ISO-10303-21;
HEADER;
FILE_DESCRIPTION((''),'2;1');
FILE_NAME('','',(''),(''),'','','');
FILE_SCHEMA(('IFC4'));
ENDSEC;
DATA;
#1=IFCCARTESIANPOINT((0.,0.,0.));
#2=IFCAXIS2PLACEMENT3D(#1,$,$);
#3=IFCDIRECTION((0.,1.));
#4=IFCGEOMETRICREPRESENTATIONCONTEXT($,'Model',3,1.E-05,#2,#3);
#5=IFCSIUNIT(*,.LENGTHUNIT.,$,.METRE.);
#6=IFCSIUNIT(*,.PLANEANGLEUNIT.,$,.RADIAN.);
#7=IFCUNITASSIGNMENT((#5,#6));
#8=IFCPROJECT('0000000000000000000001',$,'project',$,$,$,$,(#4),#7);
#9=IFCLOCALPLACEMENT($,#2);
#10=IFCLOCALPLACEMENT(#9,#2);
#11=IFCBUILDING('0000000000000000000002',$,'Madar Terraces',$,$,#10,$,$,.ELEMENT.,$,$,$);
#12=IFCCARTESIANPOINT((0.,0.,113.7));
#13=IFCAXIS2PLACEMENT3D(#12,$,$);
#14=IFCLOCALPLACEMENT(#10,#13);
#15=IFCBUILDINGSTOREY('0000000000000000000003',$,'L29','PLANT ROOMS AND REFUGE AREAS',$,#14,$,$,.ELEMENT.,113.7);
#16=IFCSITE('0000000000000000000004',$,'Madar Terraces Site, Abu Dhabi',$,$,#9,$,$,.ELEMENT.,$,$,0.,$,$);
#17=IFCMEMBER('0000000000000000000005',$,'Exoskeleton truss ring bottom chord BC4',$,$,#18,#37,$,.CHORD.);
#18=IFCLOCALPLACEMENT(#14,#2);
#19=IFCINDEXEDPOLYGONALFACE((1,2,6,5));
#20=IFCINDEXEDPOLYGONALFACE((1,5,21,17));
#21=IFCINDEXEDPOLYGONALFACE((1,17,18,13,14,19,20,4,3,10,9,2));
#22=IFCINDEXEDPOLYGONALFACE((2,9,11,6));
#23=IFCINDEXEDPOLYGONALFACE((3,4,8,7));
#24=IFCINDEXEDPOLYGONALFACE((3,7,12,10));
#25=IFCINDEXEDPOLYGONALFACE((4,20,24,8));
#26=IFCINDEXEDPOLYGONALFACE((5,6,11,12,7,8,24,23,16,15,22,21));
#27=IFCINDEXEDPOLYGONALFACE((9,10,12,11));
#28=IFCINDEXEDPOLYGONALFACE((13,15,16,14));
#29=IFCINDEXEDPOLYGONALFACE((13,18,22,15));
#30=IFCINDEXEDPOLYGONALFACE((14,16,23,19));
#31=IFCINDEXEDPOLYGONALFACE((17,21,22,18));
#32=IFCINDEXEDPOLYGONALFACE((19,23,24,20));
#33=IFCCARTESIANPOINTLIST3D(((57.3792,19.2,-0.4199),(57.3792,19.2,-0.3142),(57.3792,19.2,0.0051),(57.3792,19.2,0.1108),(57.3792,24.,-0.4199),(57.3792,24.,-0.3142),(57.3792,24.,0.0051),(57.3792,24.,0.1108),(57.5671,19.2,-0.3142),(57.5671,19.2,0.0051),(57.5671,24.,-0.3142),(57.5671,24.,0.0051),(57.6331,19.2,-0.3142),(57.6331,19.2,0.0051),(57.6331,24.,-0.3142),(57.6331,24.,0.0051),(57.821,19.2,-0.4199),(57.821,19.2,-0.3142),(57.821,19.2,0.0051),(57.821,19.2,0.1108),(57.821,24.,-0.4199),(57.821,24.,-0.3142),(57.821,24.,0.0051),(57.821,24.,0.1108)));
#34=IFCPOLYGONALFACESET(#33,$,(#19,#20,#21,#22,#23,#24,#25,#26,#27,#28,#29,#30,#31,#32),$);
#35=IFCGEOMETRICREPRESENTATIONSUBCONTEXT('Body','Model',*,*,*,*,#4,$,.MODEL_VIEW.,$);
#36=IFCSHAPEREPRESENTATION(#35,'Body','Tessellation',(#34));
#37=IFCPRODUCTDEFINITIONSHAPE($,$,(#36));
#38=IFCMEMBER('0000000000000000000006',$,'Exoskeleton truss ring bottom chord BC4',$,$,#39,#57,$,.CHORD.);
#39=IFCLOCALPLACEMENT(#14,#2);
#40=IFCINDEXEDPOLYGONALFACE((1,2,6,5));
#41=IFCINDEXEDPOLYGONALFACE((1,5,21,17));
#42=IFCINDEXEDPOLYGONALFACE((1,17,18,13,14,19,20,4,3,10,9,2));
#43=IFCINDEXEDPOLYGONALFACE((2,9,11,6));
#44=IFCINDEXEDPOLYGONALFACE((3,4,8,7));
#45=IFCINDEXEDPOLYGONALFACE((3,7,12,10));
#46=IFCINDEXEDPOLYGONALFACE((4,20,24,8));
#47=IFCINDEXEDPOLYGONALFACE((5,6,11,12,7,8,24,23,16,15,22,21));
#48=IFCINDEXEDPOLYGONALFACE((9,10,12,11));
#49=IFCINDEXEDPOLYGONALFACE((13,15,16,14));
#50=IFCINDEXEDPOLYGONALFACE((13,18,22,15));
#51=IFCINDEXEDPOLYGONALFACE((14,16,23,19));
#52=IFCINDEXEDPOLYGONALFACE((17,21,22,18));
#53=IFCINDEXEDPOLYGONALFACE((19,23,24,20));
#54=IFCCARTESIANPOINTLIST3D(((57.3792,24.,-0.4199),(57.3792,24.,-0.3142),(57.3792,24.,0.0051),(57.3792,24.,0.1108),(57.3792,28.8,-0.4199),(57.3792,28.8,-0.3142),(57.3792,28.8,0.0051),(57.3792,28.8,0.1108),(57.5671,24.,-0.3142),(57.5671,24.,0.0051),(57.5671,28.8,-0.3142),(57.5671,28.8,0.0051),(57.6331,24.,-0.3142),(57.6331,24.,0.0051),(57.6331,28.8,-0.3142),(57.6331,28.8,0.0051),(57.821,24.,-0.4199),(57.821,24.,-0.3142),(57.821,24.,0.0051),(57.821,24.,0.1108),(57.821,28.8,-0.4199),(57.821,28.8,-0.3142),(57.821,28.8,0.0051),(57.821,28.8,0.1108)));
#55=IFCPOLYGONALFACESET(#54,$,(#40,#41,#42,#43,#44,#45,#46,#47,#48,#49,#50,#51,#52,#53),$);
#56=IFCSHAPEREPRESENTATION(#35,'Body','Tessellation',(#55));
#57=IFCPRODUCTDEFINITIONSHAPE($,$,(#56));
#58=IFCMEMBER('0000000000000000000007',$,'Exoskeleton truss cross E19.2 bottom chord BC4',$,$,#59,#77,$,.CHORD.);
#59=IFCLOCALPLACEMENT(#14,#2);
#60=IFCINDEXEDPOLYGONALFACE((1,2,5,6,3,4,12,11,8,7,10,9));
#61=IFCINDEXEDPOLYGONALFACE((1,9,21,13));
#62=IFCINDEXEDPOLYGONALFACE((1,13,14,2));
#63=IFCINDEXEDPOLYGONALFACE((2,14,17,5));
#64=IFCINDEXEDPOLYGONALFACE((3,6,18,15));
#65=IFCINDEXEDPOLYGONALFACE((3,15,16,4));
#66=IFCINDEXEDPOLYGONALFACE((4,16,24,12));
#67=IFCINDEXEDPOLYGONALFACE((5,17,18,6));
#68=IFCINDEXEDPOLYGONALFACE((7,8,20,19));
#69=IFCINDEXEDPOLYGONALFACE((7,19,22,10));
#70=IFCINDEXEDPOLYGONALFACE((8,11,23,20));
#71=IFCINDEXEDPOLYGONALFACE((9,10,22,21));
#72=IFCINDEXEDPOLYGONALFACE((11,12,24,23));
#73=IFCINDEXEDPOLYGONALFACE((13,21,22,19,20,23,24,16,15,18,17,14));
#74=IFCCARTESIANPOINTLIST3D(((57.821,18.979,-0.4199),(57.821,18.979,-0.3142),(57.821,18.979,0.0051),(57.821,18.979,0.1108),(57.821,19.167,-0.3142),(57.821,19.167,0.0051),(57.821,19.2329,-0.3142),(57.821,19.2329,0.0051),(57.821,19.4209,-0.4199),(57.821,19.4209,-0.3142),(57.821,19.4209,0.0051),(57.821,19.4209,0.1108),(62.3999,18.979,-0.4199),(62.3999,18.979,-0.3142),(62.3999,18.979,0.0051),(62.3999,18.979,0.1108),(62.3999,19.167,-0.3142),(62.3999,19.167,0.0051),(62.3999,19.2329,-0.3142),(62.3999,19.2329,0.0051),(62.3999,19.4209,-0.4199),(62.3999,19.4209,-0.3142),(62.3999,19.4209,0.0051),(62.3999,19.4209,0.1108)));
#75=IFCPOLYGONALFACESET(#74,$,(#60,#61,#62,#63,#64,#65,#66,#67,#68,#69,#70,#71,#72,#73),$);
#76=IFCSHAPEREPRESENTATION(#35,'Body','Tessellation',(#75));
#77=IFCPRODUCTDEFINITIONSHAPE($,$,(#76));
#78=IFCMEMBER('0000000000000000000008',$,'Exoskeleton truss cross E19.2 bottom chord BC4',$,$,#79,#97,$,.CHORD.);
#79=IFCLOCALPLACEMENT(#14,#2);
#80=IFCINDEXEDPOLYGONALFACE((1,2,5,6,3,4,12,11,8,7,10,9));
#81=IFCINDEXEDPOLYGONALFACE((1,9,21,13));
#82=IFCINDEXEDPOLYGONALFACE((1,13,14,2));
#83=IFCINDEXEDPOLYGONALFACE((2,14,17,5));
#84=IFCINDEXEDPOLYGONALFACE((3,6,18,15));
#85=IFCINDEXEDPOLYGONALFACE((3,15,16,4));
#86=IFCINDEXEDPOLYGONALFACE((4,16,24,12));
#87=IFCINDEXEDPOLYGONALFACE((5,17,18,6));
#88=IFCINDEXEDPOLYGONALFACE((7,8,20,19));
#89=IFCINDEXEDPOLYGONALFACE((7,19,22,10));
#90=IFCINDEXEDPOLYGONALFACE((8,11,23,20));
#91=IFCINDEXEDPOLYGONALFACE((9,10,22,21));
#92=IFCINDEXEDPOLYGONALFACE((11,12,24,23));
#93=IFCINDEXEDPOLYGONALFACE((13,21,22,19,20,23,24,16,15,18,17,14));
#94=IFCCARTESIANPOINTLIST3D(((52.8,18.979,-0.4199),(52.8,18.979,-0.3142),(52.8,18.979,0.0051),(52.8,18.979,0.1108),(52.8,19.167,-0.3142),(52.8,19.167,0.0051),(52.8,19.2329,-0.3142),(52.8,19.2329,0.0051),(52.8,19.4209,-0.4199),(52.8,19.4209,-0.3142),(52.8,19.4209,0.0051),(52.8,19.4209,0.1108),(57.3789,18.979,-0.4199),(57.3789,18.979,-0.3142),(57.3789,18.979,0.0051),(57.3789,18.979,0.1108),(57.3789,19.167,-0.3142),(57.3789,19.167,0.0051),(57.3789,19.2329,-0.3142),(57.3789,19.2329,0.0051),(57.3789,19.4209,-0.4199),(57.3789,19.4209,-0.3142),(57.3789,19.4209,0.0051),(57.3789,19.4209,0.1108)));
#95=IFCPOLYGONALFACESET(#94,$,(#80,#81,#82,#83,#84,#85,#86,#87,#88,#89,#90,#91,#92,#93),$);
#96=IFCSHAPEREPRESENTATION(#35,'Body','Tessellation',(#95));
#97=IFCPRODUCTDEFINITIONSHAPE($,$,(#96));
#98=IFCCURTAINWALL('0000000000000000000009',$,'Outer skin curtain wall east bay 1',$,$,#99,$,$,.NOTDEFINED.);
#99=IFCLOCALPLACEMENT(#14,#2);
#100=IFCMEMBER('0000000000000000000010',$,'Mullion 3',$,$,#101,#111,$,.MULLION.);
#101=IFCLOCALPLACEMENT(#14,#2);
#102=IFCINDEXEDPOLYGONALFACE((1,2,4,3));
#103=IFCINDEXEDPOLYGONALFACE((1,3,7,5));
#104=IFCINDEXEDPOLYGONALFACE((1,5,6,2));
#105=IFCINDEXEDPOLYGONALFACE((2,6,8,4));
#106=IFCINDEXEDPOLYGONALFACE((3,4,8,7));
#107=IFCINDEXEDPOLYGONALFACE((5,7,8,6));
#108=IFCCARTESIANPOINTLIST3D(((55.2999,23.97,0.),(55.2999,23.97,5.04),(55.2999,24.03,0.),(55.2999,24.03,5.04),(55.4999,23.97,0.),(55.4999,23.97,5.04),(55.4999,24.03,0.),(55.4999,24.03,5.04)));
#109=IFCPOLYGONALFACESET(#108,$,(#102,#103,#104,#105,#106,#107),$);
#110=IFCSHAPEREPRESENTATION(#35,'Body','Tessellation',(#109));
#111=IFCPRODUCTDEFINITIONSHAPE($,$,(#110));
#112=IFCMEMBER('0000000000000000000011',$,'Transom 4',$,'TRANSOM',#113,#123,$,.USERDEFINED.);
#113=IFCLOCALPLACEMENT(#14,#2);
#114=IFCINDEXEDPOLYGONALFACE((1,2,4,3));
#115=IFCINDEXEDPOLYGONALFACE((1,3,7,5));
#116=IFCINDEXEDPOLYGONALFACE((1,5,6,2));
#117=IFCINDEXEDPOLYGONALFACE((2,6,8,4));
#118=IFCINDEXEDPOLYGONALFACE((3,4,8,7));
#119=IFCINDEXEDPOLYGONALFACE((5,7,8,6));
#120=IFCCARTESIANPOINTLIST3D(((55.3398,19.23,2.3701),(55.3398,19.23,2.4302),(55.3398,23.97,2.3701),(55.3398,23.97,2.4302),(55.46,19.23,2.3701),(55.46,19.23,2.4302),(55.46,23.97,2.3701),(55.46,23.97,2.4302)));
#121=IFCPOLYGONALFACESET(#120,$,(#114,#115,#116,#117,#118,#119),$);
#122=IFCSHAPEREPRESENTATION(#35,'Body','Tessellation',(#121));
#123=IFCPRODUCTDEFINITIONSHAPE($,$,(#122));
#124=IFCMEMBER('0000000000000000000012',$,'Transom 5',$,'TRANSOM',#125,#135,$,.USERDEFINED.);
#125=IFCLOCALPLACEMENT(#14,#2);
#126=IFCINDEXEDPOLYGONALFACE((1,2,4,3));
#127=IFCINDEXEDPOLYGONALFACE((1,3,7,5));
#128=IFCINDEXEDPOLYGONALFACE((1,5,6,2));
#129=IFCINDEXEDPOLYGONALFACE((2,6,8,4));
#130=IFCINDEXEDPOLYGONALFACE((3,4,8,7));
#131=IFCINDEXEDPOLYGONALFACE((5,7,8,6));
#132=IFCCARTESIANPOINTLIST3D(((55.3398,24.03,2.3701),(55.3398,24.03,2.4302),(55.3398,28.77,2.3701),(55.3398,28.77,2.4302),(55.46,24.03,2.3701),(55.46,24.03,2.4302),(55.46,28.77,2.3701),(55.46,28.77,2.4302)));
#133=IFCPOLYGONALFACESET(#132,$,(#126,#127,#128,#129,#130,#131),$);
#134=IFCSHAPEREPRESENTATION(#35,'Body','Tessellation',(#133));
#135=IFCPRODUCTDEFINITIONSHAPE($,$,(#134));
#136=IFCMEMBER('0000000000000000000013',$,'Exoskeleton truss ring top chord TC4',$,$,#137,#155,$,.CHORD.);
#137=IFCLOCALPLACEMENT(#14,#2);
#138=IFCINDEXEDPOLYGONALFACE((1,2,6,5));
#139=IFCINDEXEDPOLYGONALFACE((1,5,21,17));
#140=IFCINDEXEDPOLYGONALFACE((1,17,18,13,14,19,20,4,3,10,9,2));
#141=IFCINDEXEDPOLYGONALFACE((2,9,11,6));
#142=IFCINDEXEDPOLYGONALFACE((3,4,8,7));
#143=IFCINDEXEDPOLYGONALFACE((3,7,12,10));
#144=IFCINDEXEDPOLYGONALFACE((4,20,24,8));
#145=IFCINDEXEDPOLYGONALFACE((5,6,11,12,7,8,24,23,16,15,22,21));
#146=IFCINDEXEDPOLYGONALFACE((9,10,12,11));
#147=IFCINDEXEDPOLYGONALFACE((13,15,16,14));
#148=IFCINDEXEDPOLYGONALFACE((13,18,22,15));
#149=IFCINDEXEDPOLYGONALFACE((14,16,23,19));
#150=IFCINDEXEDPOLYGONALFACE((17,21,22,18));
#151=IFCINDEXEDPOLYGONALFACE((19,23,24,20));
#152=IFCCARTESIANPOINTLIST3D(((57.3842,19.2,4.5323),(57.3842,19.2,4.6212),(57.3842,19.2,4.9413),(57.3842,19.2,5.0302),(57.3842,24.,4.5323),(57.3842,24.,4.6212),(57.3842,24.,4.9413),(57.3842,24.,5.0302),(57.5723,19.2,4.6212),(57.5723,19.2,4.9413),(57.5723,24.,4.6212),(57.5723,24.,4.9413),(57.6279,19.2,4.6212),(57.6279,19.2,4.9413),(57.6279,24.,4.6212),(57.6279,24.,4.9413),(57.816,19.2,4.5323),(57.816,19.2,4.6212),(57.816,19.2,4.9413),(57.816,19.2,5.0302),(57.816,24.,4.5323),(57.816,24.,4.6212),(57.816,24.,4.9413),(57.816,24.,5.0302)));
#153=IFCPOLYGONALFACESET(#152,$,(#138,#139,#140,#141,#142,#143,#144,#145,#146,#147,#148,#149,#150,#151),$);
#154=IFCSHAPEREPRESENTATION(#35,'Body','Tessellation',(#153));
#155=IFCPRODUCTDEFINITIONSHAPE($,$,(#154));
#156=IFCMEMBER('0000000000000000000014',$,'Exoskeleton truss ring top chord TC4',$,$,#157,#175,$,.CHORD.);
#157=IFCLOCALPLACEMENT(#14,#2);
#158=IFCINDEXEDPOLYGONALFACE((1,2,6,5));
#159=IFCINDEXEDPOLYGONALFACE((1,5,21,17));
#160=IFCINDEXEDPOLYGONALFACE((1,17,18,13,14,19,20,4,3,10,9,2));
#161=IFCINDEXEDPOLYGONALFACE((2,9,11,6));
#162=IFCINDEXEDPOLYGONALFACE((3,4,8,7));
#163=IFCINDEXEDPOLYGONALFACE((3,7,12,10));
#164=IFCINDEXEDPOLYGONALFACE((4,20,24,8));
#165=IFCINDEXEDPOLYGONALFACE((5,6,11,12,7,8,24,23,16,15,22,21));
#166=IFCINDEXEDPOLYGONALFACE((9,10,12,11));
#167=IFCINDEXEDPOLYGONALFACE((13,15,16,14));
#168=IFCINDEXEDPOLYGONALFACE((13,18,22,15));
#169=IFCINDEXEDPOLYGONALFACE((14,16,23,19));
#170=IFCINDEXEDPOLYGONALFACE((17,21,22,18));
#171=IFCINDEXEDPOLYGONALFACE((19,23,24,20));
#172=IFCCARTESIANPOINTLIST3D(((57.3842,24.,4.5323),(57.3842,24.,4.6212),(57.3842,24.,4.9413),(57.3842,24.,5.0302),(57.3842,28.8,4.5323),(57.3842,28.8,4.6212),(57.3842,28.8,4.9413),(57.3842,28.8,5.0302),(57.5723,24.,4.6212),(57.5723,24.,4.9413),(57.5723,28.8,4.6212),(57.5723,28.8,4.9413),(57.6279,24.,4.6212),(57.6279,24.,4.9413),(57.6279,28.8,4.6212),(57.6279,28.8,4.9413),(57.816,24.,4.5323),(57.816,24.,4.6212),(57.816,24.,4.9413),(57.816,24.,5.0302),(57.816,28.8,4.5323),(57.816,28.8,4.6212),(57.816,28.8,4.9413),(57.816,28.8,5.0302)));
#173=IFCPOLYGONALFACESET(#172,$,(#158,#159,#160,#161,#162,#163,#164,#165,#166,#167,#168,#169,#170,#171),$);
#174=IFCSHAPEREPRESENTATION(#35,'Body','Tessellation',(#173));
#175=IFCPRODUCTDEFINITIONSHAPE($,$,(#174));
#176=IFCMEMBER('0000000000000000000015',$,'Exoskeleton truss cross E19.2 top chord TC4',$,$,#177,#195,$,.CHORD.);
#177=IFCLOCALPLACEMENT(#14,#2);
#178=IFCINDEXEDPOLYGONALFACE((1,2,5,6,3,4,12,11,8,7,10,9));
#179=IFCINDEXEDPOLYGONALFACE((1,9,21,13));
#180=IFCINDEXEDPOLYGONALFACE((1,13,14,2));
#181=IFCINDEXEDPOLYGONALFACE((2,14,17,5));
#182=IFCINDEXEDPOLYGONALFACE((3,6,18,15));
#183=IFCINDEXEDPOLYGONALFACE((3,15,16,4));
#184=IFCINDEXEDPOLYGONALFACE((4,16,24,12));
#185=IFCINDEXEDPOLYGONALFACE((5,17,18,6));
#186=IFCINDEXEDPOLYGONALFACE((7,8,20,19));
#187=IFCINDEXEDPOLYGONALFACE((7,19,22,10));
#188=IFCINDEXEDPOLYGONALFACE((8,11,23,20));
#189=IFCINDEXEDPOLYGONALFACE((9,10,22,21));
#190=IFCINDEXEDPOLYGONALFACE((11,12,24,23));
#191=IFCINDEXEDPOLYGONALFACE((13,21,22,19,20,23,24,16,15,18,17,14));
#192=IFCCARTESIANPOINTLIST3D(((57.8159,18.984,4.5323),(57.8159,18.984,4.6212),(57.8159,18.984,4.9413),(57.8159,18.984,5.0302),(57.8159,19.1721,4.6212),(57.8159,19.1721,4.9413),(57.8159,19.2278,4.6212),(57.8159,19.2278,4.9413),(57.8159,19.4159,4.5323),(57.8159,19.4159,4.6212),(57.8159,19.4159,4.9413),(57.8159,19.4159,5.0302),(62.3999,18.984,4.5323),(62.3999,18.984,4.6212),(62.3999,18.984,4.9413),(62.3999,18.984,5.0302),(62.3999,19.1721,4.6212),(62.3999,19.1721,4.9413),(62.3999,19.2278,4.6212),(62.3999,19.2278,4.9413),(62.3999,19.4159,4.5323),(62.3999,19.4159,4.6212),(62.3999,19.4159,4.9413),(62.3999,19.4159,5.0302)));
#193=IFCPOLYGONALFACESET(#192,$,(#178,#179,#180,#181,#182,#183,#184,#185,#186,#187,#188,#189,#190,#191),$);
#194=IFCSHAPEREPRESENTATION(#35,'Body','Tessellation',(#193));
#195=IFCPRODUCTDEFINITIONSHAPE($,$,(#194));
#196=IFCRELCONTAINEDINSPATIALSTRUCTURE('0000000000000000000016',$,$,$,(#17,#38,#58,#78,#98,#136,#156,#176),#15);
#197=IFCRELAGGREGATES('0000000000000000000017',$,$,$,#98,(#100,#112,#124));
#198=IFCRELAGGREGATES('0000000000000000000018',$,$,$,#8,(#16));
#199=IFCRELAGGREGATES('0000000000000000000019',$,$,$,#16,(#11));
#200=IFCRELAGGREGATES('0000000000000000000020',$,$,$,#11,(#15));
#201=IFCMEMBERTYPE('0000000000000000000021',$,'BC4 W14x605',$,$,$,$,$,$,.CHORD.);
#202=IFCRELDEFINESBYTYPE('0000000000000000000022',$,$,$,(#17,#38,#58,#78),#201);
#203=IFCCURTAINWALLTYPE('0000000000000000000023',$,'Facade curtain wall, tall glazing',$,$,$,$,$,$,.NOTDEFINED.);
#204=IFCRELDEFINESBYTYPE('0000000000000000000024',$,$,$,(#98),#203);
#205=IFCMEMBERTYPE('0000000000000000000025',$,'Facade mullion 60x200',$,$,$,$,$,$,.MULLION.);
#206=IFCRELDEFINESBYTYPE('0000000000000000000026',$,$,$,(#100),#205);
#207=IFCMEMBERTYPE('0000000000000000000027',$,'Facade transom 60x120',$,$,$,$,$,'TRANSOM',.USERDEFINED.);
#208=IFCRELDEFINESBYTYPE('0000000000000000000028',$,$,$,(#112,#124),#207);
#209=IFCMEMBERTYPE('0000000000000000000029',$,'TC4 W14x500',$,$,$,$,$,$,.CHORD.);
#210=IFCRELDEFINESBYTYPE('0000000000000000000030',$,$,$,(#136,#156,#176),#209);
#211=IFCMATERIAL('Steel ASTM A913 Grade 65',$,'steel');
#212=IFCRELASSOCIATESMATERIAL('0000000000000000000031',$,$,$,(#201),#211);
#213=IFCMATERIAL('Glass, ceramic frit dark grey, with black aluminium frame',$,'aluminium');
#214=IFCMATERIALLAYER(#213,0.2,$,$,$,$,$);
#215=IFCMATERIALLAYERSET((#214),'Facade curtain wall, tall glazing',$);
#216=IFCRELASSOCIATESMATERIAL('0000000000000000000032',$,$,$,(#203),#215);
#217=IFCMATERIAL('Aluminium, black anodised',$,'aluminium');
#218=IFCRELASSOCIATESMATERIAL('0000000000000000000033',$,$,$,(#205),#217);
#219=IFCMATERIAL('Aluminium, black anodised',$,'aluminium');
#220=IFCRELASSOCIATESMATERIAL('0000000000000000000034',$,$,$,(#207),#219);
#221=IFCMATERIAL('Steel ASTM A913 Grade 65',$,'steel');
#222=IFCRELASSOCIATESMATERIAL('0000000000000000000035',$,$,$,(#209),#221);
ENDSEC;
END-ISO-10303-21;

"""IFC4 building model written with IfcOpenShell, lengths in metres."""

from ifc_helpers import new_model, si_unit, direction, frame, origin, origin_2d, place, context, subcontext, project, spatial, rectangle, i_section, extrude, material, layer, layer_set, material_profile, profile_set, type_object, element, aggregate, save


model = new_model("IFC4")

# Units and contexts
model_context = context("Model", 3, precision=1e-05, world=origin(), true_north=direction((0.0, 1.0)))
body_context = subcontext(model_context, "Body", "Model", "MODEL_VIEW")
ifc_project = project(units=[si_unit("LENGTHUNIT", "METRE"), si_unit("PLANEANGLEUNIT", "RADIAN")], contexts=[model_context])

# Site, building, storey
site_placement = place(None, origin())
site = spatial("IfcSite", under=ifc_project, at=site_placement, Name="Madar Terraces Site, Abu Dhabi", CompositionType="ELEMENT", RefElevation=0.0)
building_placement = place(site_placement, origin())
building = spatial("IfcBuilding", under=site, at=building_placement, Name="Madar Terraces", CompositionType="ELEMENT")
storey_placement = place(building_placement, frame((0.0, 0.0, 113.7)))
storey = spatial("IfcBuildingStorey", under=building, at=storey_placement, Name="L29", Description="PLANT ROOMS AND REFUGE AREAS", CompositionType="ELEMENT", Elevation=113.7)

# Members
ifc_material_1 = material(Name="Steel ASTM A913 Grade 65", Category="steel")
ifc_material_profile_1 = material_profile(ifc_material_1, i_section(OverallWidth=0.4419, OverallDepth=0.5308, WebThickness=0.0659, FlangeThickness=0.1057, at=origin_2d()), Name="W14x605")
ifc_profile_set_1 = profile_set([ifc_material_profile_1], Name="Steel ASTM A913 Grade 65")
member_type_1 = type_object("IfcMemberType", Name="BC4 W14x605", PredefinedType="CHORD", material=ifc_profile_set_1)
for number, where, z_axis, x_axis, name in (
    (1, (57.6001, 19.2, -0.1545), (0.0, 1.0, 0.0), (-1.0, 0.0, 0.0), "Exoskeleton truss ring bottom chord BC4"),
    (2, (57.6001, 24.0, -0.1545), (0.0, 1.0, 0.0), (-1.0, 0.0, 0.0), "Exoskeleton truss ring bottom chord BC4"),
):
    element("IfcMember", number, at=place(storey_placement, frame(where, z_axis=z_axis, x_axis=x_axis)), inside=storey, type_object=member_type_1, Name=name, PredefinedType="CHORD", context=body_context, shape_type="SweptSolid", body=[
        extrude(i_section(OverallWidth=0.4419, OverallDepth=0.5308, WebThickness=0.0659, FlangeThickness=0.1057, at=origin_2d()), origin(), (0.0, 0.0, 1.0), 4.8),
    ])
for number, where, z_axis, x_axis, name in (
    (3, (62.3999, 19.2, -0.1545), (-1.0, 0.0, 0.0), (0.0, -1.0, 0.0), "Exoskeleton truss cross E19.2 bottom chord BC4"),
    (4, (57.3789, 19.2, -0.1545), (-1.0, 0.0, 0.0), (0.0, -1.0, 0.0), "Exoskeleton truss cross E19.2 bottom chord BC4"),
):
    element("IfcMember", number, at=place(storey_placement, frame(where, z_axis=z_axis, x_axis=x_axis)), inside=storey, type_object=member_type_1, Name=name, PredefinedType="CHORD", context=body_context, shape_type="SweptSolid", body=[
        extrude(i_section(OverallWidth=0.4419, OverallDepth=0.5308, WebThickness=0.0659, FlangeThickness=0.1057, at=origin_2d()), origin(), (0.0, 0.0, 1.0), 4.5789),
    ])

# Curtain wall, members
ifc_material_2 = material(Name="Glass, ceramic frit dark grey, with black aluminium frame", Category="aluminium")
ifc_layer_1 = layer(ifc_material_2, 0.2)
ifc_layer_set_1 = layer_set([ifc_layer_1], Name="Facade curtain wall, tall glazing")
curtain_wall_type = type_object("IfcCurtainWallType", Name="Facade curtain wall, tall glazing", PredefinedType="NOTDEFINED", material=ifc_layer_set_1)
curtain_wall_placement = place(storey_placement, origin())
curtain_wall = element("IfcCurtainWall", 5, at=curtain_wall_placement, inside=storey, type_object=curtain_wall_type, Name="Outer skin curtain wall east bay 1", PredefinedType="NOTDEFINED")
ifc_material_3 = material(Name="Aluminium, black anodised", Category="aluminium")
ifc_material_profile_2 = material_profile(ifc_material_3, rectangle(XDim=0.2, YDim=0.0601, at=origin_2d()), Name="Facade mullion 60x200")
ifc_profile_set_2 = profile_set([ifc_material_profile_2], Name="Aluminium, black anodised")
member_type_2 = type_object("IfcMemberType", Name="Facade mullion 60x200", PredefinedType="MULLION", material=ifc_profile_set_2)
member_1_placement = place(storey_placement, frame((55.3999, 24.0, 0.0), z_axis=(0.0, 0.0, 1.0), x_axis=(-1.0, 0.0, 0.0)))
member_1 = element("IfcMember", 6, at=member_1_placement, type_object=member_type_2, Name="Mullion 3", PredefinedType="MULLION", context=body_context, shape_type="SweptSolid", body=[
    extrude(rectangle(XDim=0.2, YDim=0.0601, at=origin_2d()), origin(), (0.0, 0.0, 1.0), 5.04),
])
ifc_material_4 = material(Name="Aluminium, black anodised", Category="aluminium")
ifc_material_profile_3 = material_profile(ifc_material_4, rectangle(XDim=0.1201, YDim=0.0601, at=origin_2d()), Name="Facade transom 60x120")
ifc_profile_set_3 = profile_set([ifc_material_profile_3], Name="Aluminium, black anodised")
member_type_3 = type_object("IfcMemberType", Name="Facade transom 60x120", ElementType="TRANSOM", PredefinedType="USERDEFINED", material=ifc_profile_set_3)
member_2_placement = place(storey_placement, frame((55.3999, 19.23, 2.4001), z_axis=(0.0, 1.0, 0.0), x_axis=(-1.0, 0.0, 0.0)))
member_2 = element("IfcMember", 7, at=member_2_placement, type_object=member_type_3, Name="Transom 4", ObjectType="TRANSOM", PredefinedType="USERDEFINED", context=body_context, shape_type="SweptSolid", body=[
    extrude(rectangle(XDim=0.1201, YDim=0.0601, at=origin_2d()), origin(), (0.0, 0.0, 1.0), 4.74),
])
member_3_placement = place(storey_placement, frame((55.3999, 24.03, 2.4001), z_axis=(0.0, 1.0, 0.0), x_axis=(-1.0, 0.0, 0.0)))
member_3 = element("IfcMember", 8, at=member_3_placement, type_object=member_type_3, Name="Transom 5", ObjectType="TRANSOM", PredefinedType="USERDEFINED", context=body_context, shape_type="SweptSolid", body=[
    extrude(rectangle(XDim=0.1201, YDim=0.0601, at=origin_2d()), origin(), (0.0, 0.0, 1.0), 4.74),
])

# Members
ifc_material_5 = material(Name="Steel ASTM A913 Grade 65", Category="steel")
ifc_material_profile_4 = material_profile(ifc_material_5, i_section(OverallWidth=0.4319, OverallDepth=0.4978, WebThickness=0.0557, FlangeThickness=0.0889, at=origin_2d()), Name="W14x500")
ifc_profile_set_4 = profile_set([ifc_material_profile_4], Name="Steel ASTM A913 Grade 65")
member_type_4 = type_object("IfcMemberType", Name="TC4 W14x500", PredefinedType="CHORD", material=ifc_profile_set_4)
for number, where, z_axis, x_axis, name in (
    (9, (57.6001, 19.2, 4.7812), (0.0, 1.0, 0.0), (-1.0, 0.0, 0.0), "Exoskeleton truss ring top chord TC4"),
    (10, (57.6001, 24.0, 4.7812), (0.0, 1.0, 0.0), (-1.0, 0.0, 0.0), "Exoskeleton truss ring top chord TC4"),
):
    element("IfcMember", number, at=place(storey_placement, frame(where, z_axis=z_axis, x_axis=x_axis)), inside=storey, type_object=member_type_4, Name=name, PredefinedType="CHORD", context=body_context, shape_type="SweptSolid", body=[
        extrude(i_section(OverallWidth=0.4319, OverallDepth=0.4978, WebThickness=0.0557, FlangeThickness=0.0889, at=origin_2d()), origin(), (0.0, 0.0, 1.0), 4.8),
    ])
for number, where, z_axis, x_axis, name in (
    (11, (62.3999, 19.2, 4.7812), (-1.0, 0.0, 0.0), (0.0, -1.0, 0.0), "Exoskeleton truss cross E19.2 top chord TC4"),
):
    element("IfcMember", number, at=place(storey_placement, frame(where, z_axis=z_axis, x_axis=x_axis)), inside=storey, type_object=member_type_4, Name=name, PredefinedType="CHORD", context=body_context, shape_type="SweptSolid", body=[
        extrude(i_section(OverallWidth=0.4319, OverallDepth=0.4978, WebThickness=0.0557, FlangeThickness=0.0889, at=origin_2d()), origin(), (0.0, 0.0, 1.0), 4.584),
    ])

aggregate(curtain_wall, [member_1, member_2, member_3])

save(model, "model.ifc")
